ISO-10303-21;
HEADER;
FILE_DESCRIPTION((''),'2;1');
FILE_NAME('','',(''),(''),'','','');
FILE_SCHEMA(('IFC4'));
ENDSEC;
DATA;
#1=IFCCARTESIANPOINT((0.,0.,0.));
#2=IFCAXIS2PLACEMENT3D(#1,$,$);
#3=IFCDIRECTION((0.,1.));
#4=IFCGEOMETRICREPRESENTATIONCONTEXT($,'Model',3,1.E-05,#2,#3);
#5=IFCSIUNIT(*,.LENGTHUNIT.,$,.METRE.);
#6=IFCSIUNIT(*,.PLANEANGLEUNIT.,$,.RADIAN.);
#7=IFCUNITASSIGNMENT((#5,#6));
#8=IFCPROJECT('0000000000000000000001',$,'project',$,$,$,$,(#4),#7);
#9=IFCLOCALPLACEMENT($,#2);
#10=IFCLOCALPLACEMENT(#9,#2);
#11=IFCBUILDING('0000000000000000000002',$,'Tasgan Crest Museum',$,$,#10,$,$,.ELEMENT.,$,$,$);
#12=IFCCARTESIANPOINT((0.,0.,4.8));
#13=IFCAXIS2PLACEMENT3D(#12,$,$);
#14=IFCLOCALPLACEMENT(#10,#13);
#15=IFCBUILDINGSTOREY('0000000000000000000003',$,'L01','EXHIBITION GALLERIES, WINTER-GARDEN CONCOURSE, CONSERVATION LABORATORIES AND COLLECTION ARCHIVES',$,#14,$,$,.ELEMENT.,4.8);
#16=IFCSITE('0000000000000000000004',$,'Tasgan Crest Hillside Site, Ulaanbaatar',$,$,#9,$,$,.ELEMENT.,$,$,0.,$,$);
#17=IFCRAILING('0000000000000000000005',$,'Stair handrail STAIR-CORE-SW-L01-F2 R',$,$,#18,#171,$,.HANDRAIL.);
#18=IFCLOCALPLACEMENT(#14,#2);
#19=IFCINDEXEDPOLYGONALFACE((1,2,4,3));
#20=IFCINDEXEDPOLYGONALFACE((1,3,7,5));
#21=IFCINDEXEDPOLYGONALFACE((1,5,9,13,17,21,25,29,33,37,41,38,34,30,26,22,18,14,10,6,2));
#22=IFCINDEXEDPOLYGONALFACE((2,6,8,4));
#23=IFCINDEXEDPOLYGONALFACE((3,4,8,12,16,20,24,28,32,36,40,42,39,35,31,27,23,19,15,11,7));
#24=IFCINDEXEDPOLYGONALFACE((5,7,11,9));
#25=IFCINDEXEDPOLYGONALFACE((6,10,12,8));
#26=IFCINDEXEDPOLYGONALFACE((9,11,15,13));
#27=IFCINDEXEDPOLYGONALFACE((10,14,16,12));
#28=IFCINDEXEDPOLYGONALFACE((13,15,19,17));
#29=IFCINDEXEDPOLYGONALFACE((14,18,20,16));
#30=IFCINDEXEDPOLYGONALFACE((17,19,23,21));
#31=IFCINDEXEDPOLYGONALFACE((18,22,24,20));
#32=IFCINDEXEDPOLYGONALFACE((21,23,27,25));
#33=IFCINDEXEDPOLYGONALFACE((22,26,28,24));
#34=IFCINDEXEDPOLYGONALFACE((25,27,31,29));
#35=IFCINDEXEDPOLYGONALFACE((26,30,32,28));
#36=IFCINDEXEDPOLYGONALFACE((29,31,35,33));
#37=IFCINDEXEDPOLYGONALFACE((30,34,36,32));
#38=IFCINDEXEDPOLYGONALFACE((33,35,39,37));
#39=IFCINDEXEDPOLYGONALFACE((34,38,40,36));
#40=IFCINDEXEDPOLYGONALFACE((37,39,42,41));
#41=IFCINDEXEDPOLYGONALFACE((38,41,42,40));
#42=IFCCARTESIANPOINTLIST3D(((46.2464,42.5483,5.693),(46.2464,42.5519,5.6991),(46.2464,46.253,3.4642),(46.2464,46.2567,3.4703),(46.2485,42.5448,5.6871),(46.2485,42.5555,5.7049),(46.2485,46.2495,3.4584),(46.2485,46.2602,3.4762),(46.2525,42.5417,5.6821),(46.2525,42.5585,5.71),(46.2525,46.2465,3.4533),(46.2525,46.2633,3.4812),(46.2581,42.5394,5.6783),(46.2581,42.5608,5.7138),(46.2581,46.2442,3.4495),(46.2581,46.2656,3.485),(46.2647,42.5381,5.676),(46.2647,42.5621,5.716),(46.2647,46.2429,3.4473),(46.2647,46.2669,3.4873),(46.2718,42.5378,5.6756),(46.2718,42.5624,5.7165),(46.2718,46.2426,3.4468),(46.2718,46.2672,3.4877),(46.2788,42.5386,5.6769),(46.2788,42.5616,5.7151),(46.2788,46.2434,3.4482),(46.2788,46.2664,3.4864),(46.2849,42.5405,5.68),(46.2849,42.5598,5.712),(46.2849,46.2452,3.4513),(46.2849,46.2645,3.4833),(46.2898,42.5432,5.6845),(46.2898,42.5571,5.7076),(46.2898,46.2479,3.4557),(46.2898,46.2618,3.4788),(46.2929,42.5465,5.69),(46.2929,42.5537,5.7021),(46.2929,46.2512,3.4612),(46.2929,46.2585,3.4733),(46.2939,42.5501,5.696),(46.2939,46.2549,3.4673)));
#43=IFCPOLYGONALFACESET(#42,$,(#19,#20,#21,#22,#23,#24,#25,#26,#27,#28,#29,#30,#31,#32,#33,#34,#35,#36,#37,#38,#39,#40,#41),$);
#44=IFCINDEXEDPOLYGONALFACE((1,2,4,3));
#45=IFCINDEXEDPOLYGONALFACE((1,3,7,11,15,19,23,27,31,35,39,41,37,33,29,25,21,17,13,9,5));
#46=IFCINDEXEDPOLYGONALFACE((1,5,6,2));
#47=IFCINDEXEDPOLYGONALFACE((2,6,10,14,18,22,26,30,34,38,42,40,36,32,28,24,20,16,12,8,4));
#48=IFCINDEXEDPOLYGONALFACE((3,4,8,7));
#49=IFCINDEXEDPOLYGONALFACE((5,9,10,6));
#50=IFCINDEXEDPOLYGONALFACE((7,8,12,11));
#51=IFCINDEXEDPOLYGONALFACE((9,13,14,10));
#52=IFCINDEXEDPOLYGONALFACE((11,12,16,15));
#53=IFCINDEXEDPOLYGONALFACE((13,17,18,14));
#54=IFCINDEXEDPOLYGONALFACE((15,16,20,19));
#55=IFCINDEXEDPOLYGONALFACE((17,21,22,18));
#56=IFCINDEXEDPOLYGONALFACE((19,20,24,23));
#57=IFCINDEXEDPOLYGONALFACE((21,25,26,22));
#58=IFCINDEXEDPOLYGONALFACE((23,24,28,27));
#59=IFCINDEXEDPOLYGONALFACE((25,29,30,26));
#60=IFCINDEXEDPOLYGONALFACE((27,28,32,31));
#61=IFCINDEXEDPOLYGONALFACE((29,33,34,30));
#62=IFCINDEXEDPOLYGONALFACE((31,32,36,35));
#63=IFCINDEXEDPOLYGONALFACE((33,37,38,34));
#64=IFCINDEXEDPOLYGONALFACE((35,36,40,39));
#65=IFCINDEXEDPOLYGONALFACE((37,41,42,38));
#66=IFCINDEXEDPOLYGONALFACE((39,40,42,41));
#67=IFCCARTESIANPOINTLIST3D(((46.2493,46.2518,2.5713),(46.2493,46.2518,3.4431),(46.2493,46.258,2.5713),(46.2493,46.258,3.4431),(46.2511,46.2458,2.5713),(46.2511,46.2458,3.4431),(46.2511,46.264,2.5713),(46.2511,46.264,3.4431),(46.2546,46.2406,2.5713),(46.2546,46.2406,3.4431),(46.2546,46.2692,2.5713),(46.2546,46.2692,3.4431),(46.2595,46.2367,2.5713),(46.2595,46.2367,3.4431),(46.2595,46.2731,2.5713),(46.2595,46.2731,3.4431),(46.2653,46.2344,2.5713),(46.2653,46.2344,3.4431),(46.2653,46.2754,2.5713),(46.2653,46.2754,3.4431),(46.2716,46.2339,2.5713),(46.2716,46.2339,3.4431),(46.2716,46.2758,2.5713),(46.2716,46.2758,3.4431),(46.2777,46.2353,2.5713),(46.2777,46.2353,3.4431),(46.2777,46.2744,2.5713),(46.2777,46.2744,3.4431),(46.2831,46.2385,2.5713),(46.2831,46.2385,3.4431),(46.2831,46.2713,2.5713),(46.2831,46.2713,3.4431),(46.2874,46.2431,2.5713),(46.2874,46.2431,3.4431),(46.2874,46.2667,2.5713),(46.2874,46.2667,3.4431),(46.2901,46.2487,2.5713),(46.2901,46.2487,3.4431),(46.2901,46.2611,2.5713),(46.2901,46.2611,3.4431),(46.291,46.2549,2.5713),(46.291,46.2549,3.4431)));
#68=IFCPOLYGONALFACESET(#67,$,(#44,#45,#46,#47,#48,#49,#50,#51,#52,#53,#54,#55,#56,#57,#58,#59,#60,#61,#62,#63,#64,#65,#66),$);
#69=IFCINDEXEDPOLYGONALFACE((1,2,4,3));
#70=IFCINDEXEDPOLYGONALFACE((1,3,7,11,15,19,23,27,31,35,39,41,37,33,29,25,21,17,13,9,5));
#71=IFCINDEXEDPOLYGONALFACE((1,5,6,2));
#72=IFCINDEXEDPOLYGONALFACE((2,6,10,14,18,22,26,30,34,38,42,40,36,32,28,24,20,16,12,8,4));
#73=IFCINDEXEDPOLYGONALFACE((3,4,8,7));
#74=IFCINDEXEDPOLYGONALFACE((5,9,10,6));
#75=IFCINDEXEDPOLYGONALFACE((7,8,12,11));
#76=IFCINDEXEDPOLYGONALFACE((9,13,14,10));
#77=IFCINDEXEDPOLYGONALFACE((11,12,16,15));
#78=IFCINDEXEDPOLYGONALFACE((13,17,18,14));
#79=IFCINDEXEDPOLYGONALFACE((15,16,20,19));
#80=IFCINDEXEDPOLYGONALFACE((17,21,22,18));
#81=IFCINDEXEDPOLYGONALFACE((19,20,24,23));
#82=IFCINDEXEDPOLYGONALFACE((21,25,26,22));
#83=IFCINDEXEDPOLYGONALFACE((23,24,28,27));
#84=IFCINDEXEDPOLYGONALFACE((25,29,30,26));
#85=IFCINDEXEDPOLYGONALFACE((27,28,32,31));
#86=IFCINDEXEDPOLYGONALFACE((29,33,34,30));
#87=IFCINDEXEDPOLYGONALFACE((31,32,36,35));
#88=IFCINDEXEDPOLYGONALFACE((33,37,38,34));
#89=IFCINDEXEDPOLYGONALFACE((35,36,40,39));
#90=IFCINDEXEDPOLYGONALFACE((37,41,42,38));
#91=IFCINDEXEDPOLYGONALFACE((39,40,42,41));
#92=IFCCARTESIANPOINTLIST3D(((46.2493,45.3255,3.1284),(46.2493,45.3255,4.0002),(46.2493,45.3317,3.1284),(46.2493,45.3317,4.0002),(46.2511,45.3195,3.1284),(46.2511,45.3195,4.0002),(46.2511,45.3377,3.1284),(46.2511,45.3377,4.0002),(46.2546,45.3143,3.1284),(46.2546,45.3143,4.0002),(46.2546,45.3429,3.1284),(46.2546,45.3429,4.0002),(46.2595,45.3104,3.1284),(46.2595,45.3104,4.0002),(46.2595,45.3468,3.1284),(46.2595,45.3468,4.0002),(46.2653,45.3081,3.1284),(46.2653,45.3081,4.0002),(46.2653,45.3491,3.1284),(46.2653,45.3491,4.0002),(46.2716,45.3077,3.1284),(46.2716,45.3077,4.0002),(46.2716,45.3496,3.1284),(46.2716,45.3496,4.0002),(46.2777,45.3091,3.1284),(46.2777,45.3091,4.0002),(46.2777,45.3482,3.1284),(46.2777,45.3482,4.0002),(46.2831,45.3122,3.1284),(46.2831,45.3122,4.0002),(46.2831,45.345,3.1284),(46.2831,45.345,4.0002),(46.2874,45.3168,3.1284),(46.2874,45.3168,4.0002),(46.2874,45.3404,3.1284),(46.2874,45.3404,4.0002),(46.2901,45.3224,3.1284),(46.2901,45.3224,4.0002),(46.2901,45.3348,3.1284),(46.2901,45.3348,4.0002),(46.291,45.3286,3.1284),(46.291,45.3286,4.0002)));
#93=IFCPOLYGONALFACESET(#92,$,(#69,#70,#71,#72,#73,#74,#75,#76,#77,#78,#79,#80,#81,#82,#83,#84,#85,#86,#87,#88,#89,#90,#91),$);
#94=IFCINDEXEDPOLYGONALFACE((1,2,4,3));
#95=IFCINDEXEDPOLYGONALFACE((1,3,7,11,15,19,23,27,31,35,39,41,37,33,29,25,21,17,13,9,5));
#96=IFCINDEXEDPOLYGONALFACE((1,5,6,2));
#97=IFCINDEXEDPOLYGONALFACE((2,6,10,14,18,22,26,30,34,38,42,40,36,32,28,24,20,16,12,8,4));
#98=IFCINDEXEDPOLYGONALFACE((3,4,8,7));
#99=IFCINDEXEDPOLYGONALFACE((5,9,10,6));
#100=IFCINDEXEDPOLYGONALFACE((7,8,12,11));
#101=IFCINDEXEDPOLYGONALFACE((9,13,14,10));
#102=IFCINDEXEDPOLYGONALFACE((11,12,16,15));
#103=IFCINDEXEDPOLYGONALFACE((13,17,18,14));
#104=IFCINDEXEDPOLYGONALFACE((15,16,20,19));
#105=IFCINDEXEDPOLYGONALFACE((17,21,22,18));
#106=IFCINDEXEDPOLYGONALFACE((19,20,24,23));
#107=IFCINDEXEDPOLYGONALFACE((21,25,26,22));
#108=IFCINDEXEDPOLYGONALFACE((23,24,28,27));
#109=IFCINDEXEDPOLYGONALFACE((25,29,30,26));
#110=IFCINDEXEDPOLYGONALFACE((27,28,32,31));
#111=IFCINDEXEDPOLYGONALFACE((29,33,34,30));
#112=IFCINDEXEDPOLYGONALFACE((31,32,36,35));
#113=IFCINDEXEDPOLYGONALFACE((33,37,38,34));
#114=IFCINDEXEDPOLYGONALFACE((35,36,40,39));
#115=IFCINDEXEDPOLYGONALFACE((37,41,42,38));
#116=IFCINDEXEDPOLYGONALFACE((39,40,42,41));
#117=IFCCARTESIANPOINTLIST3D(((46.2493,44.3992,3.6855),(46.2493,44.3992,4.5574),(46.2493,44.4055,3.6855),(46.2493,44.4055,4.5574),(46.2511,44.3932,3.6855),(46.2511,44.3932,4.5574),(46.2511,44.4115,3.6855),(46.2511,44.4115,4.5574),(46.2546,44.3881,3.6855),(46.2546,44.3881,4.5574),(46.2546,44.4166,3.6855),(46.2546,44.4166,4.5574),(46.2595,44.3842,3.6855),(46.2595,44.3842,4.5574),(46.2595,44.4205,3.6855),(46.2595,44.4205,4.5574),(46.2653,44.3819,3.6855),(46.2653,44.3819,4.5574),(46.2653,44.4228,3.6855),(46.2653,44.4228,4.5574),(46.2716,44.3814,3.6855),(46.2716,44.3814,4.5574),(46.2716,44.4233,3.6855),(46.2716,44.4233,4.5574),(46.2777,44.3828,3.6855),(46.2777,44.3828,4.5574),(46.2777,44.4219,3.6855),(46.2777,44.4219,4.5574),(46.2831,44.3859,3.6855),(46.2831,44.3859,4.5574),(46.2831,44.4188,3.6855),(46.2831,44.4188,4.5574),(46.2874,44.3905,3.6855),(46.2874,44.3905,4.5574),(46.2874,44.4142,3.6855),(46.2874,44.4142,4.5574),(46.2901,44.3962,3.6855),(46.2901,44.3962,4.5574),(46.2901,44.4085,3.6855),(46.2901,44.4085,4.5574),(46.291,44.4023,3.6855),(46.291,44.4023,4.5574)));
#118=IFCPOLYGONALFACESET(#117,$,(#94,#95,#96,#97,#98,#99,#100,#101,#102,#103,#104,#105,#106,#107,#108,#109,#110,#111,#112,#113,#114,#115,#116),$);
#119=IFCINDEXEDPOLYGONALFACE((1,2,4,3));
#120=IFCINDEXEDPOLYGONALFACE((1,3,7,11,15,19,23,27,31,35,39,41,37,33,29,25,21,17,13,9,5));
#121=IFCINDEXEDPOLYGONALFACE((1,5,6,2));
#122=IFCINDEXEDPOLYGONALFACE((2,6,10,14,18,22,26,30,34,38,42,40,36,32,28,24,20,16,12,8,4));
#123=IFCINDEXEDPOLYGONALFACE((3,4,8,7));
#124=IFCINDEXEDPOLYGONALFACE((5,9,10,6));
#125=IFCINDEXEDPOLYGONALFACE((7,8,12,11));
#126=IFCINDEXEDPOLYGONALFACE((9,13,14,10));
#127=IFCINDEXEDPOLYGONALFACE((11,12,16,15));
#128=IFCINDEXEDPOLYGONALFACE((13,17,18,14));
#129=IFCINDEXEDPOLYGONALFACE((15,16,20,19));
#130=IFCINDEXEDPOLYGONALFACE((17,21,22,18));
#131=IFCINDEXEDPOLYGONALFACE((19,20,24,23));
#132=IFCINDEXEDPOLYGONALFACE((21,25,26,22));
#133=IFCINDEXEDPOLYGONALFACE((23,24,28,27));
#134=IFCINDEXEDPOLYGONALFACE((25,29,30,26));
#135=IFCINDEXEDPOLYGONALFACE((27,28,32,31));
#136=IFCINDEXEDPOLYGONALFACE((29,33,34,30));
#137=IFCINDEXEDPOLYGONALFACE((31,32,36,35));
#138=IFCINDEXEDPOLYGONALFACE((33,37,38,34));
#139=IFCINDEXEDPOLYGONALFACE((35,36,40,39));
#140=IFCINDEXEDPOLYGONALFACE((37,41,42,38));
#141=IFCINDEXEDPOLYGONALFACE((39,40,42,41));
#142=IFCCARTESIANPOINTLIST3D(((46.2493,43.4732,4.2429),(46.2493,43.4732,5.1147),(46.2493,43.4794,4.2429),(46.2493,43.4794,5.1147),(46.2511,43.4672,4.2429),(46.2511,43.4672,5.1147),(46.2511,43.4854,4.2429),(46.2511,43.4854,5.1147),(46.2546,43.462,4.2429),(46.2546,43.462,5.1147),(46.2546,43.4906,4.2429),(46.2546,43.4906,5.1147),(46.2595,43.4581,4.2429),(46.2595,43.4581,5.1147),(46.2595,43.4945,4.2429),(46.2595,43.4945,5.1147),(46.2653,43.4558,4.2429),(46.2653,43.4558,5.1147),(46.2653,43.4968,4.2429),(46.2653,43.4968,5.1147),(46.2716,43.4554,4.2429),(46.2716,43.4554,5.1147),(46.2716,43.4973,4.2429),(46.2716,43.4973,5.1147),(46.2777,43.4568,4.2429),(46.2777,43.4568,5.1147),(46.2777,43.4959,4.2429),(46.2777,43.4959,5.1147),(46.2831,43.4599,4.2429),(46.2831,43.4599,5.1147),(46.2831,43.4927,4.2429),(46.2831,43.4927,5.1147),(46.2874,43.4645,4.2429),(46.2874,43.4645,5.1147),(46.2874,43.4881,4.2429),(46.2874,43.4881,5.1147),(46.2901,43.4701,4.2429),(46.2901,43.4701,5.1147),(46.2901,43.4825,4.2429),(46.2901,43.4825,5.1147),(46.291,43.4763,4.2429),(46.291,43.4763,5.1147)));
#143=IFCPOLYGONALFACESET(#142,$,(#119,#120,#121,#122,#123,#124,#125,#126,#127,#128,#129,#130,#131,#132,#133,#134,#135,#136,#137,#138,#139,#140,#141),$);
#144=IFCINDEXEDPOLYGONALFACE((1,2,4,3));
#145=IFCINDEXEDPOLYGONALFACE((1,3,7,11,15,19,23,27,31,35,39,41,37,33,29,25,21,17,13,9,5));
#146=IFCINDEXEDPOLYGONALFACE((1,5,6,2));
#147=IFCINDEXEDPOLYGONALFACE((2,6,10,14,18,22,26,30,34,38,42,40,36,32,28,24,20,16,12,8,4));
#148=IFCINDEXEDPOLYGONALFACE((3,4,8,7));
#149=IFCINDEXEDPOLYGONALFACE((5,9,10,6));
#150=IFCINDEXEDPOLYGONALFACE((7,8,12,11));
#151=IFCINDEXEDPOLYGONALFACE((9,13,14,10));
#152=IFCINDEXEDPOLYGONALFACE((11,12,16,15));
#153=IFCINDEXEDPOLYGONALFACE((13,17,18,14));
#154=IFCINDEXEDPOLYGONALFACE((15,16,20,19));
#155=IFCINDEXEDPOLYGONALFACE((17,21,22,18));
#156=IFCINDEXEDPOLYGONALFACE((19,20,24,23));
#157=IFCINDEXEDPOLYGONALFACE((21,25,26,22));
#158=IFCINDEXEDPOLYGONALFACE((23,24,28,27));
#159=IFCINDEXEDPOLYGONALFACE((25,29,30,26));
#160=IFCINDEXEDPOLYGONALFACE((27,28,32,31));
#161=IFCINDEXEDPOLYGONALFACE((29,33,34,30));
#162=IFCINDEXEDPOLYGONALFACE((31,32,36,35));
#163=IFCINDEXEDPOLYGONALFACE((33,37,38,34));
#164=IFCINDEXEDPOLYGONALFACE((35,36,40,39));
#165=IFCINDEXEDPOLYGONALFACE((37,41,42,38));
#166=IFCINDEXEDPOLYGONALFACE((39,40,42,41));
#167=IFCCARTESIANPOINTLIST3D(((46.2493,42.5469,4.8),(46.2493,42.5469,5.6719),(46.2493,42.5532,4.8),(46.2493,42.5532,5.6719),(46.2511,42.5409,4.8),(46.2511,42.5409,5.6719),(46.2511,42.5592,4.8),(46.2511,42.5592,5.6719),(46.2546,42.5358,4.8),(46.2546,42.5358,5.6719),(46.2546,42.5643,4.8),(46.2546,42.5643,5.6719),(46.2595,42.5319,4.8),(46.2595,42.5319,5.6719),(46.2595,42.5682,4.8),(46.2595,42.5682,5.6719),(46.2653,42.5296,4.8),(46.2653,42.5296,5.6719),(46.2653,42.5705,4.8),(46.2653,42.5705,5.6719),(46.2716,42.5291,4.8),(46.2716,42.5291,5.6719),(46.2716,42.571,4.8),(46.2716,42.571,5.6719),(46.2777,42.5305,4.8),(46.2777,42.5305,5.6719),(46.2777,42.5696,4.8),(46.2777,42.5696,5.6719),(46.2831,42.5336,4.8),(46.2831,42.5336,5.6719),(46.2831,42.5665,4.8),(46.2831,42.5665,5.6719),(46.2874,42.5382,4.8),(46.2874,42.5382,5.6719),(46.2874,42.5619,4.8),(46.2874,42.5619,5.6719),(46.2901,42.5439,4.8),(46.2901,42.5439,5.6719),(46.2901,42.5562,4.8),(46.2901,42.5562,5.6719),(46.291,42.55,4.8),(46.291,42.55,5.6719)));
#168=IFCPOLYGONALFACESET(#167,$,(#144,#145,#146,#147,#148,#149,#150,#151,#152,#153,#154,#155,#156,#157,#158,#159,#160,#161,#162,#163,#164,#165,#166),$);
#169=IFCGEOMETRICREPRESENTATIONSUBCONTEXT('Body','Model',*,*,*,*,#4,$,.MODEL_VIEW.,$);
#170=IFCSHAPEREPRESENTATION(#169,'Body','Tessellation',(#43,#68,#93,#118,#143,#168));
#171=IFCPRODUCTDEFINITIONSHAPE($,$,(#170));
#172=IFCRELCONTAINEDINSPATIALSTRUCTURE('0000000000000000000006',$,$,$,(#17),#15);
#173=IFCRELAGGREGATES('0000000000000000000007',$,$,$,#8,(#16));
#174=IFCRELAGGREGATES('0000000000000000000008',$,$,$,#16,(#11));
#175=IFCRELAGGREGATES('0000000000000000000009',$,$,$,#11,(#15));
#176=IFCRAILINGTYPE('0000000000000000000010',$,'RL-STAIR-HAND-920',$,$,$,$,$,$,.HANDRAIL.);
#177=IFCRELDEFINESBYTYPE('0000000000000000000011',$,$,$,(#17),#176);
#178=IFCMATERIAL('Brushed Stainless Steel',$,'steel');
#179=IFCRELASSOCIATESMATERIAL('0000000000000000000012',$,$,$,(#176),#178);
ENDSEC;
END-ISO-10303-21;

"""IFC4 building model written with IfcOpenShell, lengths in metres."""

from ifc_helpers import new_model, si_unit, direction, frame, origin, origin_2d, place, context, subcontext, project, spatial, circle, extrude, material, type_object, element, save


model = new_model("IFC4")

# Units and contexts
model_context = context("Model", 3, precision=1e-05, world=origin(), true_north=direction((0.0, 1.0)))
body_context = subcontext(model_context, "Body", "Model", "MODEL_VIEW")
ifc_project = project(units=[si_unit("LENGTHUNIT", "METRE"), si_unit("PLANEANGLEUNIT", "RADIAN")], contexts=[model_context])

# Site, building, storey
site_placement = place(None, origin())
site = spatial("IfcSite", under=ifc_project, at=site_placement, Name="Tasgan Crest Hillside Site, Ulaanbaatar", CompositionType="ELEMENT", RefElevation=0.0)
building_placement = place(site_placement, origin())
building = spatial("IfcBuilding", under=site, at=building_placement, Name="Tasgan Crest Museum", CompositionType="ELEMENT")
storey_placement = place(building_placement, frame((0.0, 0.0, 4.8)))
storey = spatial("IfcBuildingStorey", under=building, at=storey_placement, Name="L01", Description="EXHIBITION GALLERIES, WINTER-GARDEN CONCOURSE, CONSERVATION LABORATORIES AND COLLECTION ARCHIVES", CompositionType="ELEMENT", Elevation=4.8)

# Railing
ifc_material_1 = material(Name="Brushed Stainless Steel", Category="steel")
railing_type_1 = type_object("IfcRailingType", Name="RL-STAIR-HAND-920", PredefinedType="HANDRAIL", material=ifc_material_1)
for number, where, name in (
    (1, (46.27, 46.2549, 2.5713), "Stair handrail STAIR-CORE-SW-L01-F2 R"),
):
    element("IfcRailing", number, at=place(storey_placement, frame(where)), inside=storey, type_object=railing_type_1, Name=name, PredefinedType="HANDRAIL", context=body_context, shape_type="SweptSolid", body=[
        extrude(circle(Radius=0.0239, at=origin_2d()), frame((0.0, 0.0, 0.896), z_axis=(0.0, -0.856894, 0.515492), x_axis=(1.0, 0.0, 0.0)), (0.0, 0.0, 1.0), 4.3235),
        extrude(circle(Radius=0.021, at=origin_2d()), origin(), (0.0, 0.0, 1.0), 0.8718),
        extrude(circle(Radius=0.021, at=origin_2d()), frame((0.0, -0.9263, 0.5571)), (0.0, 0.0, 1.0), 0.8718),
        extrude(circle(Radius=0.021, at=origin_2d()), frame((0.0, -1.8525, 1.1143)), (0.0, 0.0, 1.0), 0.8718),
        extrude(circle(Radius=0.021, at=origin_2d()), frame((0.0, -2.7786, 1.6716)), (0.0, 0.0, 1.0), 0.8718),
        extrude(circle(Radius=0.021, at=origin_2d()), frame((0.0, -3.7048, 2.2288)), (0.0, 0.0, 1.0), 0.8718),
    ])

save(model, "model.ifc")
